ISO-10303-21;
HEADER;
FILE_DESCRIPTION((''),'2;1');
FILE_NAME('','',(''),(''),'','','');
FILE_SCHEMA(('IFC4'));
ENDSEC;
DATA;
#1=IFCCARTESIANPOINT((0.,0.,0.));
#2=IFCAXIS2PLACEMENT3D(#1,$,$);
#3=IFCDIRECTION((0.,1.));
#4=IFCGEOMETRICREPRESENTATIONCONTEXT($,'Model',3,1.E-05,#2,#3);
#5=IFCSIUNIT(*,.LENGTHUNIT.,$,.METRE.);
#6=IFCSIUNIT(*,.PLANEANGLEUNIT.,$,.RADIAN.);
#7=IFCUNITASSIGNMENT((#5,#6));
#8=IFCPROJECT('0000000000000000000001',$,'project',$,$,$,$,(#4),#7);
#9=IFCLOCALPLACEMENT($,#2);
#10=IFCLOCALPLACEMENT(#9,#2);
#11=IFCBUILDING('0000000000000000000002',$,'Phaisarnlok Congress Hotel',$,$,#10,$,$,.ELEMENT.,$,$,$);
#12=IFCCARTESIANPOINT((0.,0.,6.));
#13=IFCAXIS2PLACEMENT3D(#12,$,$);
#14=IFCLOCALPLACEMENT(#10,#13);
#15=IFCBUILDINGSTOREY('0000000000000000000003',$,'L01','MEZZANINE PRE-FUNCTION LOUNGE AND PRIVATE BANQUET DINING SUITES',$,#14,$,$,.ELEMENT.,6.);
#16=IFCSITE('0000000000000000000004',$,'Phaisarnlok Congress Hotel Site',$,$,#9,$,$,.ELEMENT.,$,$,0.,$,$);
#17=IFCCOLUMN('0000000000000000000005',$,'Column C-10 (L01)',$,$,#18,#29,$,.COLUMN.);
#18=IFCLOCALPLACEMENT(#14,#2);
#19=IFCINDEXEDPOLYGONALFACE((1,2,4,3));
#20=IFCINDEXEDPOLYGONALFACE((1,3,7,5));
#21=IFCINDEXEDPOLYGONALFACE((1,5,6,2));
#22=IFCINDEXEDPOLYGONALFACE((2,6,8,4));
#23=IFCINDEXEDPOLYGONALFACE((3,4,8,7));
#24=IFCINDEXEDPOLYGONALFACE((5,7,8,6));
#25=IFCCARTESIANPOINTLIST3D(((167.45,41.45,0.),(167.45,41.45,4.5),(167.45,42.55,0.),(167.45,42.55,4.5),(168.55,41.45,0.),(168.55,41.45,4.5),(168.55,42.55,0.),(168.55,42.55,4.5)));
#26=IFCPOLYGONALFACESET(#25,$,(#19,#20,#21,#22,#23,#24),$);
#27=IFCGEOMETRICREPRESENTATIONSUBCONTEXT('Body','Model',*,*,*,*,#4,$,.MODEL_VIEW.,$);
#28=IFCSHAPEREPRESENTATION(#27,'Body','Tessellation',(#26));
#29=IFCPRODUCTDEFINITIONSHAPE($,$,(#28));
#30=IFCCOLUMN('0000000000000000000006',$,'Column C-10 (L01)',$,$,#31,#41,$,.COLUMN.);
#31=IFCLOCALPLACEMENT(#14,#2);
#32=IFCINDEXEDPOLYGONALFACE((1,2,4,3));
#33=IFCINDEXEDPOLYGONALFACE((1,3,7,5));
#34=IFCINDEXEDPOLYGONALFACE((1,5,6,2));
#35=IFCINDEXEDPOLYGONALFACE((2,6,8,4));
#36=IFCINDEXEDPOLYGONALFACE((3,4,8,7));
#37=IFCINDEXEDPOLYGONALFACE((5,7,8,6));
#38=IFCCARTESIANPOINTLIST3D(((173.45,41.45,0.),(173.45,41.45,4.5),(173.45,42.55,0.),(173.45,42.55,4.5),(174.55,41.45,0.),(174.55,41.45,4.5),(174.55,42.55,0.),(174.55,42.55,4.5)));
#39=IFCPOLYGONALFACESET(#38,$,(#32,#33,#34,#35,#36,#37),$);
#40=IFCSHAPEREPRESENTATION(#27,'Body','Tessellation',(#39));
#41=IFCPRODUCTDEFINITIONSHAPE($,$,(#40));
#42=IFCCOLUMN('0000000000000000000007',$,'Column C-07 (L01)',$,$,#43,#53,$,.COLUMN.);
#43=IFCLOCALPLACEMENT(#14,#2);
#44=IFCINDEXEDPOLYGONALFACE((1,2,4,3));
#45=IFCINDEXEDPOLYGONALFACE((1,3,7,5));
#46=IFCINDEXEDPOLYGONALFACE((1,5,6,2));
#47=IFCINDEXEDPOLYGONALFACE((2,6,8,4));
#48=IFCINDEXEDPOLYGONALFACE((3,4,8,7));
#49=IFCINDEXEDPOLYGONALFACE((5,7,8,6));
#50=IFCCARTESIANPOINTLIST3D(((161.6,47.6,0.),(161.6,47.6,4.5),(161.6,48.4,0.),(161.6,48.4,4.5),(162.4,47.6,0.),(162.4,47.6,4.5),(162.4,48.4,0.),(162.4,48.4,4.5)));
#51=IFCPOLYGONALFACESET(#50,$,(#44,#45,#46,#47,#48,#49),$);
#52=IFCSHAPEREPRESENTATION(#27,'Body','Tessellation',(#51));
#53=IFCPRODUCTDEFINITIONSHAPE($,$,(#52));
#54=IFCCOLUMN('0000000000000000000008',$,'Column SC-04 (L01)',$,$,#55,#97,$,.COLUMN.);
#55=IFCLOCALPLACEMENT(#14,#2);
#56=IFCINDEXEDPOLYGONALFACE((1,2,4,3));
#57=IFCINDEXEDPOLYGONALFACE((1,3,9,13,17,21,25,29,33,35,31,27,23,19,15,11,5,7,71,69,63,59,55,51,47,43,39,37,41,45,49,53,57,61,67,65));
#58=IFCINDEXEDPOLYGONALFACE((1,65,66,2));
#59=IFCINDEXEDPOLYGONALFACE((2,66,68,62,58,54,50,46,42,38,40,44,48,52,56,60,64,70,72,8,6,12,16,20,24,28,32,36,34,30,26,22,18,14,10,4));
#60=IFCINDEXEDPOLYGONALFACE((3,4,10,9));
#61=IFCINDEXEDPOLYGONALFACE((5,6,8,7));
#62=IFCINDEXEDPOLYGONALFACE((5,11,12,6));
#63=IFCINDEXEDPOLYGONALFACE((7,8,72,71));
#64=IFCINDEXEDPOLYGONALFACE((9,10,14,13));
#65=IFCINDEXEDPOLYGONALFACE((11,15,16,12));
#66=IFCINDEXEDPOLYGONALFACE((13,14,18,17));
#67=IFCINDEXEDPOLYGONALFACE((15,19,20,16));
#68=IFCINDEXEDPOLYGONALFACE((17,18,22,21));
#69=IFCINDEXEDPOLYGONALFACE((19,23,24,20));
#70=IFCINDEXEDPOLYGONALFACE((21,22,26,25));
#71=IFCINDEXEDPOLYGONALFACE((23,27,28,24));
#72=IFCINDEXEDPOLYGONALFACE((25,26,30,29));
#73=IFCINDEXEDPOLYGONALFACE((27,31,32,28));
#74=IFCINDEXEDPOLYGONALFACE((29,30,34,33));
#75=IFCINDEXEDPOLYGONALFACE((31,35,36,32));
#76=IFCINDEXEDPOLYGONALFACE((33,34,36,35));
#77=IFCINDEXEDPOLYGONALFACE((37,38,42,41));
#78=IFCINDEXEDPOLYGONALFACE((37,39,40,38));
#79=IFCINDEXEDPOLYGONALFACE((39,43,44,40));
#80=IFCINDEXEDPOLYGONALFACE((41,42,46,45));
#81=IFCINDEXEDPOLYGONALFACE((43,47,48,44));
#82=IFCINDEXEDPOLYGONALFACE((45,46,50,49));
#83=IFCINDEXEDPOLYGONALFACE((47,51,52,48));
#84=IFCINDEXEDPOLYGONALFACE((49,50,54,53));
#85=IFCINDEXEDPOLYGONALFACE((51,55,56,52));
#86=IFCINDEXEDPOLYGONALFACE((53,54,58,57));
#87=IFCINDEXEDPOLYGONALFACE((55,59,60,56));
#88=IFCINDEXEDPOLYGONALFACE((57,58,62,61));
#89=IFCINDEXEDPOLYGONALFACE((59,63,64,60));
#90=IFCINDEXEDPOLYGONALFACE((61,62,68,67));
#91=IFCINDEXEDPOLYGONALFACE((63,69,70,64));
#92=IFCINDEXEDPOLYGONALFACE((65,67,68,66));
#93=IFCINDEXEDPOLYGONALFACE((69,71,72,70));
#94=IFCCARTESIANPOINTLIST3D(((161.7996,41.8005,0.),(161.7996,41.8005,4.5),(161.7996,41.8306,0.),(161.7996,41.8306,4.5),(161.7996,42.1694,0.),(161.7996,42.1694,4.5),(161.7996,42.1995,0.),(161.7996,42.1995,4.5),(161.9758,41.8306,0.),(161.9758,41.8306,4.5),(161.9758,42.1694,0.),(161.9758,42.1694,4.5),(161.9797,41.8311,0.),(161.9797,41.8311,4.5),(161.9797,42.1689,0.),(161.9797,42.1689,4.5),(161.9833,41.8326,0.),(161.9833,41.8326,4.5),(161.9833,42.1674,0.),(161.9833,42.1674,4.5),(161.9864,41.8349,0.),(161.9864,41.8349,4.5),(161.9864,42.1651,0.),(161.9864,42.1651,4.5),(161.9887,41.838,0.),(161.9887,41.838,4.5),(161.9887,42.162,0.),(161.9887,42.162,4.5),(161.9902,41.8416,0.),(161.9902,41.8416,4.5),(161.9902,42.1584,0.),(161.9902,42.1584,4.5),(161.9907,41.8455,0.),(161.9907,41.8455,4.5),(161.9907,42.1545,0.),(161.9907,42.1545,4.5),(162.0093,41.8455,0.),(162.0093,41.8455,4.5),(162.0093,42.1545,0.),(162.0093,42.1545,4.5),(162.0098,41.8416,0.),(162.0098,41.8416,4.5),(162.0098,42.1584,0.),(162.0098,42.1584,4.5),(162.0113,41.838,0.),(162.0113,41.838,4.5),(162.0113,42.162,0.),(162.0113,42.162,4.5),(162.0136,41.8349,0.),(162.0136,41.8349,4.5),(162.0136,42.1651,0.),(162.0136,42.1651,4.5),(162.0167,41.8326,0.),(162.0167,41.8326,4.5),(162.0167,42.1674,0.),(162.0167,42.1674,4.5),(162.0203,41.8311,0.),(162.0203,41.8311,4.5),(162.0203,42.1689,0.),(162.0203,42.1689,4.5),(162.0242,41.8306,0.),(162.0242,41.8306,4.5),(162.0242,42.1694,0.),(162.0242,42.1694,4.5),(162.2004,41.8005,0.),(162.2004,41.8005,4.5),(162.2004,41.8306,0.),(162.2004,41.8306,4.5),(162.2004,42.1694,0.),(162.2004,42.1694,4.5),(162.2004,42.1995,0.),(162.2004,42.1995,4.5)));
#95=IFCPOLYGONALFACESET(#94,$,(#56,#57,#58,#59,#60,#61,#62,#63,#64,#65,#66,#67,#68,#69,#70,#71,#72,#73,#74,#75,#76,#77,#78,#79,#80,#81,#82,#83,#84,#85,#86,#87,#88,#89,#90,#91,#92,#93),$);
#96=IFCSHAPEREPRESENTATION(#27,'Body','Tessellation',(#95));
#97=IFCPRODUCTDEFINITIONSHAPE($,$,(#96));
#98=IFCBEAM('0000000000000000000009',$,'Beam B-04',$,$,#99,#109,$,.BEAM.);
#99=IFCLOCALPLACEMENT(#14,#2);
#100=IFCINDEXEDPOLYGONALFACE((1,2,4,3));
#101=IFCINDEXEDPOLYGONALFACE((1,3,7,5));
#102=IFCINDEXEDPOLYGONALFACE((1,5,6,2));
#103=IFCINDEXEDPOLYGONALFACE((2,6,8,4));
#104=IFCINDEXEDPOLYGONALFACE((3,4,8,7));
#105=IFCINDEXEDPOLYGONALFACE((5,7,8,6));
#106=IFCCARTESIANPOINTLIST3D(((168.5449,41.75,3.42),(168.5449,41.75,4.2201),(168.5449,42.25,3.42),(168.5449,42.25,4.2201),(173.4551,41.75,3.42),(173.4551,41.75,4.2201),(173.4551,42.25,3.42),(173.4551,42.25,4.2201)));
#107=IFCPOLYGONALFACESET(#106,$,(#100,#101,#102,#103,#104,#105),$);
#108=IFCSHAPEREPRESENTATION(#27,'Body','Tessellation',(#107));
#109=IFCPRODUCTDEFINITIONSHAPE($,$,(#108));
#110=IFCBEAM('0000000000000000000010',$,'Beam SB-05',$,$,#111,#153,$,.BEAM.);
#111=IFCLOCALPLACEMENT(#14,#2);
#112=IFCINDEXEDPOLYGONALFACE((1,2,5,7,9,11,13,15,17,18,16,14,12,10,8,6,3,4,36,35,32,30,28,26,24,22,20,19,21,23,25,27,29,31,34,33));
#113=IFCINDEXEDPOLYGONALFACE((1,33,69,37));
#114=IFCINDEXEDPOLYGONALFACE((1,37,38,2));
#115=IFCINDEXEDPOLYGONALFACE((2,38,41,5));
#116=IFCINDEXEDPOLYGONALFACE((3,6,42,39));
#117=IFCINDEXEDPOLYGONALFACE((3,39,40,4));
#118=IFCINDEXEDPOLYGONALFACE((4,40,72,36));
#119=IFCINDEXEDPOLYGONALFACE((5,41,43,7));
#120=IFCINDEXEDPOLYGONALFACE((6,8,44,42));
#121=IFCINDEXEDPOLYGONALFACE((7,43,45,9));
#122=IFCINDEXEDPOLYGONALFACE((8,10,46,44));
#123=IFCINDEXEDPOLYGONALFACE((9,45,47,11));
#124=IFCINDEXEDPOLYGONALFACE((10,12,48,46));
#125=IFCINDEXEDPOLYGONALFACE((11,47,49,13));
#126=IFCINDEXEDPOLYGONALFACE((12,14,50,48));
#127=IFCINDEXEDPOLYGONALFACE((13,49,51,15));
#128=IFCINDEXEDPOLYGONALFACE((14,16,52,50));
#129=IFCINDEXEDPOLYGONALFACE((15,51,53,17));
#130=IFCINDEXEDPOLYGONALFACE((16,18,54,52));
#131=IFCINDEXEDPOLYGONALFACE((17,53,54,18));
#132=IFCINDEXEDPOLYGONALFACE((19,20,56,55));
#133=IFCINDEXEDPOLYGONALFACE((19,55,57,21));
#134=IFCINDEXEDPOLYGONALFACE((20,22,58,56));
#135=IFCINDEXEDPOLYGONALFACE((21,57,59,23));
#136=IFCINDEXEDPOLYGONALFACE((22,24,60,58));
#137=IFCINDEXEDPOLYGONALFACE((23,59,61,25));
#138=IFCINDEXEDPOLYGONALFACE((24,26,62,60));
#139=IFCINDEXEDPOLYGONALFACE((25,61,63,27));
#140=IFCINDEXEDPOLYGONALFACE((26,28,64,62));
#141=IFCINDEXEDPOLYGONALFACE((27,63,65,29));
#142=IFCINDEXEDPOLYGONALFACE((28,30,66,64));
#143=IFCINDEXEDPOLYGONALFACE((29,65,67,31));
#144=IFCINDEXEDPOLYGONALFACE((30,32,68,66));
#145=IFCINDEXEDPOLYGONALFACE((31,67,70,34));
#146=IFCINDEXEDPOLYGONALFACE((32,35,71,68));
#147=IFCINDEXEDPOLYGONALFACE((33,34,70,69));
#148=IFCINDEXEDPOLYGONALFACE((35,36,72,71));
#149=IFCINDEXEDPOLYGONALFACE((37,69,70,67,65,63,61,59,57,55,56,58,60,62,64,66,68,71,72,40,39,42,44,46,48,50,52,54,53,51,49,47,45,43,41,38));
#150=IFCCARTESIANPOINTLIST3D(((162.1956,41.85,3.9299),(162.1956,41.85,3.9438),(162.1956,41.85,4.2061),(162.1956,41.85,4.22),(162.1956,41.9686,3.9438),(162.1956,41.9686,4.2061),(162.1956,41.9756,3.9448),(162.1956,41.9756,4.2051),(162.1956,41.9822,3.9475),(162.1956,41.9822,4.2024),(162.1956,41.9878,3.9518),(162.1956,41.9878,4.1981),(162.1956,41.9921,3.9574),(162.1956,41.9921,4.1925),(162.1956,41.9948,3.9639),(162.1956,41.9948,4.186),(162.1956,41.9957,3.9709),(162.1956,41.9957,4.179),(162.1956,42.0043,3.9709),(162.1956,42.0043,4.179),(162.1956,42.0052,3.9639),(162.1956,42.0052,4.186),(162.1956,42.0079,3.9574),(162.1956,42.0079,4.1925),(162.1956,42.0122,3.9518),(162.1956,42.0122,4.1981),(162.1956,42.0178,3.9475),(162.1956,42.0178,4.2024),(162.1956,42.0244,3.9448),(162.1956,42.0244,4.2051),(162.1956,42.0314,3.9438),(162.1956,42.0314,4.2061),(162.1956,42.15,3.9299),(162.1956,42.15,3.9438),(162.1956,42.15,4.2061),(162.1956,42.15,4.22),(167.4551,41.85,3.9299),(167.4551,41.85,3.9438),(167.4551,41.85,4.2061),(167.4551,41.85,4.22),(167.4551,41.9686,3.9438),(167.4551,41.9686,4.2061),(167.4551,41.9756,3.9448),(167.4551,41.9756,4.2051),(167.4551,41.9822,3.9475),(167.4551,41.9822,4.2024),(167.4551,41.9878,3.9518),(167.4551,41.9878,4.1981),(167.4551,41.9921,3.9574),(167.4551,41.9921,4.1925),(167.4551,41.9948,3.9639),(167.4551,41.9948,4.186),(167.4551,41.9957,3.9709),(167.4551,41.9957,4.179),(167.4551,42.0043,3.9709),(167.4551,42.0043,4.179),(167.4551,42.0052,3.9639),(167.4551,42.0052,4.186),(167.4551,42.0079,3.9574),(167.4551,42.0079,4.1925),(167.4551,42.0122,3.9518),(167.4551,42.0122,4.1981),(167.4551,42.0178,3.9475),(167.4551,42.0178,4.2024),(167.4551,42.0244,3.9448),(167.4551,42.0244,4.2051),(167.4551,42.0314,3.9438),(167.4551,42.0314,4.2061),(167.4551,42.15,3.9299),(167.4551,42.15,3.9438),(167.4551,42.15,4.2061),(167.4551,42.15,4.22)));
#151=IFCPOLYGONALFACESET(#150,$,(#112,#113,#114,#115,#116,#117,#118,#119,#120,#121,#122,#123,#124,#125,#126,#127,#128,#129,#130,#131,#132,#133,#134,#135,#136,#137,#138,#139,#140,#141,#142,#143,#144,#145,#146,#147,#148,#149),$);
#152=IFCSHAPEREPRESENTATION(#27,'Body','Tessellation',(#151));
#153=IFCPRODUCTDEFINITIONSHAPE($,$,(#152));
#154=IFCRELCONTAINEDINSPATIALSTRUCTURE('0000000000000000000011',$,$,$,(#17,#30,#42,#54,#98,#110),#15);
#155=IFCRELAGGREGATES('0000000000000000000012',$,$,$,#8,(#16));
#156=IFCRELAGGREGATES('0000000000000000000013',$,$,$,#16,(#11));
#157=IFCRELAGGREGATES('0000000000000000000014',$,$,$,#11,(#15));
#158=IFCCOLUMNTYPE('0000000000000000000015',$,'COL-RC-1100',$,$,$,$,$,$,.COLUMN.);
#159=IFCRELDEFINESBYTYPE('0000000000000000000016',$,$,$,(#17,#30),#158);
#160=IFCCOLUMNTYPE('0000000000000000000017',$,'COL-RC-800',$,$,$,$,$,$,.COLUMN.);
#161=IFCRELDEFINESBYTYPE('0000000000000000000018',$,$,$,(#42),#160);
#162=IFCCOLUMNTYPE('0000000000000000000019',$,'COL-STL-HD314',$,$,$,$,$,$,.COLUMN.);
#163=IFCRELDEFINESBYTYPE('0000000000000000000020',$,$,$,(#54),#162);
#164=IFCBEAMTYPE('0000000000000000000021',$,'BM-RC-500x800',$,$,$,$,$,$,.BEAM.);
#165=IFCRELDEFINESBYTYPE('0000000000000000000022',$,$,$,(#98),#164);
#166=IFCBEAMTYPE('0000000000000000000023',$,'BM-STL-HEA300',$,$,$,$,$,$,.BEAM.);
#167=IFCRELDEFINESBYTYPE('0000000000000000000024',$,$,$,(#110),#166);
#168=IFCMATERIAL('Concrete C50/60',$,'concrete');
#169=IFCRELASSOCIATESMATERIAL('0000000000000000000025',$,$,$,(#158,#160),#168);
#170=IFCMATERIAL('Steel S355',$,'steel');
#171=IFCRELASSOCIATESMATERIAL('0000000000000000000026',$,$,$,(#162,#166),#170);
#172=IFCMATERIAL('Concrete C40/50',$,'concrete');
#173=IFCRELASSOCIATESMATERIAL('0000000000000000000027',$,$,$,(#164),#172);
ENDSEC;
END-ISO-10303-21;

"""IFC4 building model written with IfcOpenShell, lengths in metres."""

from ifc_helpers import new_model, si_unit, direction, frame, origin, origin_2d, place, context, subcontext, project, spatial, rectangle, i_section, extrude, material, material_profile, profile_set, type_object, element, save


model = new_model("IFC4")

# Units and contexts
model_context = context("Model", 3, precision=1e-05, world=origin(), true_north=direction((0.0, 1.0)))
body_context = subcontext(model_context, "Body", "Model", "MODEL_VIEW")
ifc_project = project(units=[si_unit("LENGTHUNIT", "METRE"), si_unit("PLANEANGLEUNIT", "RADIAN")], contexts=[model_context])

# Site, building, storey
site_placement = place(None, origin())
site = spatial("IfcSite", under=ifc_project, at=site_placement, Name="Phaisarnlok Congress Hotel Site", CompositionType="ELEMENT", RefElevation=0.0)
building_placement = place(site_placement, origin())
building = spatial("IfcBuilding", under=site, at=building_placement, Name="Phaisarnlok Congress Hotel", CompositionType="ELEMENT")
storey_placement = place(building_placement, frame((0.0, 0.0, 6.0)))
storey = spatial("IfcBuildingStorey", under=building, at=storey_placement, Name="L01", Description="MEZZANINE PRE-FUNCTION LOUNGE AND PRIVATE BANQUET DINING SUITES", CompositionType="ELEMENT", Elevation=6.0)

# Columns
ifc_material_1 = material(Name="Concrete C50/60", Category="concrete")
ifc_material_profile_1 = material_profile(ifc_material_1, rectangle(XDim=1.1001, YDim=1.1001, at=origin_2d()), Name="RC 1100x1100")
ifc_profile_set_1 = profile_set([ifc_material_profile_1], Name="Concrete C50/60")
column_type_1 = type_object("IfcColumnType", Name="COL-RC-1100", PredefinedType="COLUMN", material=ifc_profile_set_1)
for number, where, z_axis, x_axis, name in (
    (1, (168.0, 42.0, 0.0), (0.0, 0.0, 1.0), (1.0, 0.0, 0.0), "Column C-10 (L01)"),
    (2, (174.0, 42.0, 0.0), (0.0, 0.0, 1.0), (1.0, 0.0, 0.0), "Column C-10 (L01)"),
):
    element("IfcColumn", number, at=place(storey_placement, frame(where, z_axis=z_axis, x_axis=x_axis)), inside=storey, type_object=column_type_1, Name=name, PredefinedType="COLUMN", context=body_context, shape_type="SweptSolid", body=[
        extrude(rectangle(XDim=1.1001, YDim=1.1001, at=origin_2d()), origin(), (0.0, 0.0, 1.0), 4.5),
    ])
ifc_material_profile_2 = material_profile(ifc_material_1, rectangle(XDim=0.8, YDim=0.8, at=origin_2d()), Name="RC 800x800")
ifc_profile_set_2 = profile_set([ifc_material_profile_2], Name="Concrete C50/60")
column_type_2 = type_object("IfcColumnType", Name="COL-RC-800", PredefinedType="COLUMN", material=ifc_profile_set_2)
column_1_placement = place(storey_placement, frame((162.0, 48.0, 0.0), z_axis=(0.0, 0.0, 1.0), x_axis=(1.0, 0.0, 0.0)))
element("IfcColumn", 3, at=column_1_placement, inside=storey, type_object=column_type_2, Name="Column C-07 (L01)", PredefinedType="COLUMN", context=body_context, shape_type="SweptSolid", body=[
    extrude(rectangle(XDim=0.8, YDim=0.8, at=origin_2d()), origin(), (0.0, 0.0, 1.0), 4.5),
])
ifc_material_2 = material(Name="Steel S355", Category="steel")
ifc_material_profile_3 = material_profile(ifc_material_2, i_section(OverallWidth=0.4009, OverallDepth=0.3989, WebThickness=0.0186, FlangeThickness=0.03, FilletRadius=0.0149, at=origin_2d()), Name="HD 400x314")
ifc_profile_set_3 = profile_set([ifc_material_profile_3], Name="Steel S355")
column_type_3 = type_object("IfcColumnType", Name="COL-STL-HD314", PredefinedType="COLUMN", material=ifc_profile_set_3)
column_2_placement = place(storey_placement, frame((162.0, 42.0, 0.0), z_axis=(0.0, 0.0, 1.0), x_axis=(1.0, 0.0, 0.0)))
element("IfcColumn", 4, at=column_2_placement, inside=storey, type_object=column_type_3, Name="Column SC-04 (L01)", PredefinedType="COLUMN", context=body_context, shape_type="SweptSolid", body=[
    extrude(i_section(OverallWidth=0.4009, OverallDepth=0.3989, WebThickness=0.0186, FlangeThickness=0.03, FilletRadius=0.0149, at=origin_2d()), origin(), (0.0, 0.0, 1.0), 4.5),
])

# Beams
ifc_material_3 = material(Name="Concrete C40/50", Category="concrete")
ifc_material_profile_4 = material_profile(ifc_material_3, rectangle(XDim=0.5, YDim=0.8, at=origin_2d()), Name="RC 500x800")
ifc_profile_set_4 = profile_set([ifc_material_profile_4], Name="Concrete C40/50")
beam_type_1 = type_object("IfcBeamType", Name="BM-RC-500x800", PredefinedType="BEAM", material=ifc_profile_set_4)
beam_1_placement = place(storey_placement, frame((168.5449, 42.0, 3.8201), z_axis=(1.0, 0.0, 0.0), x_axis=(0.0, 1.0, 0.0)))
element("IfcBeam", 5, at=beam_1_placement, inside=storey, type_object=beam_type_1, Name="Beam B-04", PredefinedType="BEAM", context=body_context, shape_type="SweptSolid", body=[
    extrude(rectangle(XDim=0.5, YDim=0.8, at=origin_2d()), origin(), (0.0, 0.0, 1.0), 4.9102),
])
ifc_material_profile_5 = material_profile(ifc_material_2, i_section(OverallWidth=0.3, OverallDepth=0.29, WebThickness=0.0085, FlangeThickness=0.0139, FilletRadius=0.0271, at=origin_2d()), Name="HEA 300")
ifc_profile_set_5 = profile_set([ifc_material_profile_5], Name="Steel S355")
beam_type_2 = type_object("IfcBeamType", Name="BM-STL-HEA300", PredefinedType="BEAM", material=ifc_profile_set_5)
beam_2_placement = place(storey_placement, frame((162.1956, 42.0, 4.075), z_axis=(1.0, 0.0, 0.0), x_axis=(0.0, 1.0, 0.0)))
element("IfcBeam", 6, at=beam_2_placement, inside=storey, type_object=beam_type_2, Name="Beam SB-05", PredefinedType="BEAM", context=body_context, shape_type="SweptSolid", body=[
    extrude(i_section(OverallWidth=0.3, OverallDepth=0.29, WebThickness=0.0085, FlangeThickness=0.0139, FilletRadius=0.0271, at=origin_2d()), origin(), (0.0, 0.0, 1.0), 5.2595),
])

save(model, "model.ifc")
